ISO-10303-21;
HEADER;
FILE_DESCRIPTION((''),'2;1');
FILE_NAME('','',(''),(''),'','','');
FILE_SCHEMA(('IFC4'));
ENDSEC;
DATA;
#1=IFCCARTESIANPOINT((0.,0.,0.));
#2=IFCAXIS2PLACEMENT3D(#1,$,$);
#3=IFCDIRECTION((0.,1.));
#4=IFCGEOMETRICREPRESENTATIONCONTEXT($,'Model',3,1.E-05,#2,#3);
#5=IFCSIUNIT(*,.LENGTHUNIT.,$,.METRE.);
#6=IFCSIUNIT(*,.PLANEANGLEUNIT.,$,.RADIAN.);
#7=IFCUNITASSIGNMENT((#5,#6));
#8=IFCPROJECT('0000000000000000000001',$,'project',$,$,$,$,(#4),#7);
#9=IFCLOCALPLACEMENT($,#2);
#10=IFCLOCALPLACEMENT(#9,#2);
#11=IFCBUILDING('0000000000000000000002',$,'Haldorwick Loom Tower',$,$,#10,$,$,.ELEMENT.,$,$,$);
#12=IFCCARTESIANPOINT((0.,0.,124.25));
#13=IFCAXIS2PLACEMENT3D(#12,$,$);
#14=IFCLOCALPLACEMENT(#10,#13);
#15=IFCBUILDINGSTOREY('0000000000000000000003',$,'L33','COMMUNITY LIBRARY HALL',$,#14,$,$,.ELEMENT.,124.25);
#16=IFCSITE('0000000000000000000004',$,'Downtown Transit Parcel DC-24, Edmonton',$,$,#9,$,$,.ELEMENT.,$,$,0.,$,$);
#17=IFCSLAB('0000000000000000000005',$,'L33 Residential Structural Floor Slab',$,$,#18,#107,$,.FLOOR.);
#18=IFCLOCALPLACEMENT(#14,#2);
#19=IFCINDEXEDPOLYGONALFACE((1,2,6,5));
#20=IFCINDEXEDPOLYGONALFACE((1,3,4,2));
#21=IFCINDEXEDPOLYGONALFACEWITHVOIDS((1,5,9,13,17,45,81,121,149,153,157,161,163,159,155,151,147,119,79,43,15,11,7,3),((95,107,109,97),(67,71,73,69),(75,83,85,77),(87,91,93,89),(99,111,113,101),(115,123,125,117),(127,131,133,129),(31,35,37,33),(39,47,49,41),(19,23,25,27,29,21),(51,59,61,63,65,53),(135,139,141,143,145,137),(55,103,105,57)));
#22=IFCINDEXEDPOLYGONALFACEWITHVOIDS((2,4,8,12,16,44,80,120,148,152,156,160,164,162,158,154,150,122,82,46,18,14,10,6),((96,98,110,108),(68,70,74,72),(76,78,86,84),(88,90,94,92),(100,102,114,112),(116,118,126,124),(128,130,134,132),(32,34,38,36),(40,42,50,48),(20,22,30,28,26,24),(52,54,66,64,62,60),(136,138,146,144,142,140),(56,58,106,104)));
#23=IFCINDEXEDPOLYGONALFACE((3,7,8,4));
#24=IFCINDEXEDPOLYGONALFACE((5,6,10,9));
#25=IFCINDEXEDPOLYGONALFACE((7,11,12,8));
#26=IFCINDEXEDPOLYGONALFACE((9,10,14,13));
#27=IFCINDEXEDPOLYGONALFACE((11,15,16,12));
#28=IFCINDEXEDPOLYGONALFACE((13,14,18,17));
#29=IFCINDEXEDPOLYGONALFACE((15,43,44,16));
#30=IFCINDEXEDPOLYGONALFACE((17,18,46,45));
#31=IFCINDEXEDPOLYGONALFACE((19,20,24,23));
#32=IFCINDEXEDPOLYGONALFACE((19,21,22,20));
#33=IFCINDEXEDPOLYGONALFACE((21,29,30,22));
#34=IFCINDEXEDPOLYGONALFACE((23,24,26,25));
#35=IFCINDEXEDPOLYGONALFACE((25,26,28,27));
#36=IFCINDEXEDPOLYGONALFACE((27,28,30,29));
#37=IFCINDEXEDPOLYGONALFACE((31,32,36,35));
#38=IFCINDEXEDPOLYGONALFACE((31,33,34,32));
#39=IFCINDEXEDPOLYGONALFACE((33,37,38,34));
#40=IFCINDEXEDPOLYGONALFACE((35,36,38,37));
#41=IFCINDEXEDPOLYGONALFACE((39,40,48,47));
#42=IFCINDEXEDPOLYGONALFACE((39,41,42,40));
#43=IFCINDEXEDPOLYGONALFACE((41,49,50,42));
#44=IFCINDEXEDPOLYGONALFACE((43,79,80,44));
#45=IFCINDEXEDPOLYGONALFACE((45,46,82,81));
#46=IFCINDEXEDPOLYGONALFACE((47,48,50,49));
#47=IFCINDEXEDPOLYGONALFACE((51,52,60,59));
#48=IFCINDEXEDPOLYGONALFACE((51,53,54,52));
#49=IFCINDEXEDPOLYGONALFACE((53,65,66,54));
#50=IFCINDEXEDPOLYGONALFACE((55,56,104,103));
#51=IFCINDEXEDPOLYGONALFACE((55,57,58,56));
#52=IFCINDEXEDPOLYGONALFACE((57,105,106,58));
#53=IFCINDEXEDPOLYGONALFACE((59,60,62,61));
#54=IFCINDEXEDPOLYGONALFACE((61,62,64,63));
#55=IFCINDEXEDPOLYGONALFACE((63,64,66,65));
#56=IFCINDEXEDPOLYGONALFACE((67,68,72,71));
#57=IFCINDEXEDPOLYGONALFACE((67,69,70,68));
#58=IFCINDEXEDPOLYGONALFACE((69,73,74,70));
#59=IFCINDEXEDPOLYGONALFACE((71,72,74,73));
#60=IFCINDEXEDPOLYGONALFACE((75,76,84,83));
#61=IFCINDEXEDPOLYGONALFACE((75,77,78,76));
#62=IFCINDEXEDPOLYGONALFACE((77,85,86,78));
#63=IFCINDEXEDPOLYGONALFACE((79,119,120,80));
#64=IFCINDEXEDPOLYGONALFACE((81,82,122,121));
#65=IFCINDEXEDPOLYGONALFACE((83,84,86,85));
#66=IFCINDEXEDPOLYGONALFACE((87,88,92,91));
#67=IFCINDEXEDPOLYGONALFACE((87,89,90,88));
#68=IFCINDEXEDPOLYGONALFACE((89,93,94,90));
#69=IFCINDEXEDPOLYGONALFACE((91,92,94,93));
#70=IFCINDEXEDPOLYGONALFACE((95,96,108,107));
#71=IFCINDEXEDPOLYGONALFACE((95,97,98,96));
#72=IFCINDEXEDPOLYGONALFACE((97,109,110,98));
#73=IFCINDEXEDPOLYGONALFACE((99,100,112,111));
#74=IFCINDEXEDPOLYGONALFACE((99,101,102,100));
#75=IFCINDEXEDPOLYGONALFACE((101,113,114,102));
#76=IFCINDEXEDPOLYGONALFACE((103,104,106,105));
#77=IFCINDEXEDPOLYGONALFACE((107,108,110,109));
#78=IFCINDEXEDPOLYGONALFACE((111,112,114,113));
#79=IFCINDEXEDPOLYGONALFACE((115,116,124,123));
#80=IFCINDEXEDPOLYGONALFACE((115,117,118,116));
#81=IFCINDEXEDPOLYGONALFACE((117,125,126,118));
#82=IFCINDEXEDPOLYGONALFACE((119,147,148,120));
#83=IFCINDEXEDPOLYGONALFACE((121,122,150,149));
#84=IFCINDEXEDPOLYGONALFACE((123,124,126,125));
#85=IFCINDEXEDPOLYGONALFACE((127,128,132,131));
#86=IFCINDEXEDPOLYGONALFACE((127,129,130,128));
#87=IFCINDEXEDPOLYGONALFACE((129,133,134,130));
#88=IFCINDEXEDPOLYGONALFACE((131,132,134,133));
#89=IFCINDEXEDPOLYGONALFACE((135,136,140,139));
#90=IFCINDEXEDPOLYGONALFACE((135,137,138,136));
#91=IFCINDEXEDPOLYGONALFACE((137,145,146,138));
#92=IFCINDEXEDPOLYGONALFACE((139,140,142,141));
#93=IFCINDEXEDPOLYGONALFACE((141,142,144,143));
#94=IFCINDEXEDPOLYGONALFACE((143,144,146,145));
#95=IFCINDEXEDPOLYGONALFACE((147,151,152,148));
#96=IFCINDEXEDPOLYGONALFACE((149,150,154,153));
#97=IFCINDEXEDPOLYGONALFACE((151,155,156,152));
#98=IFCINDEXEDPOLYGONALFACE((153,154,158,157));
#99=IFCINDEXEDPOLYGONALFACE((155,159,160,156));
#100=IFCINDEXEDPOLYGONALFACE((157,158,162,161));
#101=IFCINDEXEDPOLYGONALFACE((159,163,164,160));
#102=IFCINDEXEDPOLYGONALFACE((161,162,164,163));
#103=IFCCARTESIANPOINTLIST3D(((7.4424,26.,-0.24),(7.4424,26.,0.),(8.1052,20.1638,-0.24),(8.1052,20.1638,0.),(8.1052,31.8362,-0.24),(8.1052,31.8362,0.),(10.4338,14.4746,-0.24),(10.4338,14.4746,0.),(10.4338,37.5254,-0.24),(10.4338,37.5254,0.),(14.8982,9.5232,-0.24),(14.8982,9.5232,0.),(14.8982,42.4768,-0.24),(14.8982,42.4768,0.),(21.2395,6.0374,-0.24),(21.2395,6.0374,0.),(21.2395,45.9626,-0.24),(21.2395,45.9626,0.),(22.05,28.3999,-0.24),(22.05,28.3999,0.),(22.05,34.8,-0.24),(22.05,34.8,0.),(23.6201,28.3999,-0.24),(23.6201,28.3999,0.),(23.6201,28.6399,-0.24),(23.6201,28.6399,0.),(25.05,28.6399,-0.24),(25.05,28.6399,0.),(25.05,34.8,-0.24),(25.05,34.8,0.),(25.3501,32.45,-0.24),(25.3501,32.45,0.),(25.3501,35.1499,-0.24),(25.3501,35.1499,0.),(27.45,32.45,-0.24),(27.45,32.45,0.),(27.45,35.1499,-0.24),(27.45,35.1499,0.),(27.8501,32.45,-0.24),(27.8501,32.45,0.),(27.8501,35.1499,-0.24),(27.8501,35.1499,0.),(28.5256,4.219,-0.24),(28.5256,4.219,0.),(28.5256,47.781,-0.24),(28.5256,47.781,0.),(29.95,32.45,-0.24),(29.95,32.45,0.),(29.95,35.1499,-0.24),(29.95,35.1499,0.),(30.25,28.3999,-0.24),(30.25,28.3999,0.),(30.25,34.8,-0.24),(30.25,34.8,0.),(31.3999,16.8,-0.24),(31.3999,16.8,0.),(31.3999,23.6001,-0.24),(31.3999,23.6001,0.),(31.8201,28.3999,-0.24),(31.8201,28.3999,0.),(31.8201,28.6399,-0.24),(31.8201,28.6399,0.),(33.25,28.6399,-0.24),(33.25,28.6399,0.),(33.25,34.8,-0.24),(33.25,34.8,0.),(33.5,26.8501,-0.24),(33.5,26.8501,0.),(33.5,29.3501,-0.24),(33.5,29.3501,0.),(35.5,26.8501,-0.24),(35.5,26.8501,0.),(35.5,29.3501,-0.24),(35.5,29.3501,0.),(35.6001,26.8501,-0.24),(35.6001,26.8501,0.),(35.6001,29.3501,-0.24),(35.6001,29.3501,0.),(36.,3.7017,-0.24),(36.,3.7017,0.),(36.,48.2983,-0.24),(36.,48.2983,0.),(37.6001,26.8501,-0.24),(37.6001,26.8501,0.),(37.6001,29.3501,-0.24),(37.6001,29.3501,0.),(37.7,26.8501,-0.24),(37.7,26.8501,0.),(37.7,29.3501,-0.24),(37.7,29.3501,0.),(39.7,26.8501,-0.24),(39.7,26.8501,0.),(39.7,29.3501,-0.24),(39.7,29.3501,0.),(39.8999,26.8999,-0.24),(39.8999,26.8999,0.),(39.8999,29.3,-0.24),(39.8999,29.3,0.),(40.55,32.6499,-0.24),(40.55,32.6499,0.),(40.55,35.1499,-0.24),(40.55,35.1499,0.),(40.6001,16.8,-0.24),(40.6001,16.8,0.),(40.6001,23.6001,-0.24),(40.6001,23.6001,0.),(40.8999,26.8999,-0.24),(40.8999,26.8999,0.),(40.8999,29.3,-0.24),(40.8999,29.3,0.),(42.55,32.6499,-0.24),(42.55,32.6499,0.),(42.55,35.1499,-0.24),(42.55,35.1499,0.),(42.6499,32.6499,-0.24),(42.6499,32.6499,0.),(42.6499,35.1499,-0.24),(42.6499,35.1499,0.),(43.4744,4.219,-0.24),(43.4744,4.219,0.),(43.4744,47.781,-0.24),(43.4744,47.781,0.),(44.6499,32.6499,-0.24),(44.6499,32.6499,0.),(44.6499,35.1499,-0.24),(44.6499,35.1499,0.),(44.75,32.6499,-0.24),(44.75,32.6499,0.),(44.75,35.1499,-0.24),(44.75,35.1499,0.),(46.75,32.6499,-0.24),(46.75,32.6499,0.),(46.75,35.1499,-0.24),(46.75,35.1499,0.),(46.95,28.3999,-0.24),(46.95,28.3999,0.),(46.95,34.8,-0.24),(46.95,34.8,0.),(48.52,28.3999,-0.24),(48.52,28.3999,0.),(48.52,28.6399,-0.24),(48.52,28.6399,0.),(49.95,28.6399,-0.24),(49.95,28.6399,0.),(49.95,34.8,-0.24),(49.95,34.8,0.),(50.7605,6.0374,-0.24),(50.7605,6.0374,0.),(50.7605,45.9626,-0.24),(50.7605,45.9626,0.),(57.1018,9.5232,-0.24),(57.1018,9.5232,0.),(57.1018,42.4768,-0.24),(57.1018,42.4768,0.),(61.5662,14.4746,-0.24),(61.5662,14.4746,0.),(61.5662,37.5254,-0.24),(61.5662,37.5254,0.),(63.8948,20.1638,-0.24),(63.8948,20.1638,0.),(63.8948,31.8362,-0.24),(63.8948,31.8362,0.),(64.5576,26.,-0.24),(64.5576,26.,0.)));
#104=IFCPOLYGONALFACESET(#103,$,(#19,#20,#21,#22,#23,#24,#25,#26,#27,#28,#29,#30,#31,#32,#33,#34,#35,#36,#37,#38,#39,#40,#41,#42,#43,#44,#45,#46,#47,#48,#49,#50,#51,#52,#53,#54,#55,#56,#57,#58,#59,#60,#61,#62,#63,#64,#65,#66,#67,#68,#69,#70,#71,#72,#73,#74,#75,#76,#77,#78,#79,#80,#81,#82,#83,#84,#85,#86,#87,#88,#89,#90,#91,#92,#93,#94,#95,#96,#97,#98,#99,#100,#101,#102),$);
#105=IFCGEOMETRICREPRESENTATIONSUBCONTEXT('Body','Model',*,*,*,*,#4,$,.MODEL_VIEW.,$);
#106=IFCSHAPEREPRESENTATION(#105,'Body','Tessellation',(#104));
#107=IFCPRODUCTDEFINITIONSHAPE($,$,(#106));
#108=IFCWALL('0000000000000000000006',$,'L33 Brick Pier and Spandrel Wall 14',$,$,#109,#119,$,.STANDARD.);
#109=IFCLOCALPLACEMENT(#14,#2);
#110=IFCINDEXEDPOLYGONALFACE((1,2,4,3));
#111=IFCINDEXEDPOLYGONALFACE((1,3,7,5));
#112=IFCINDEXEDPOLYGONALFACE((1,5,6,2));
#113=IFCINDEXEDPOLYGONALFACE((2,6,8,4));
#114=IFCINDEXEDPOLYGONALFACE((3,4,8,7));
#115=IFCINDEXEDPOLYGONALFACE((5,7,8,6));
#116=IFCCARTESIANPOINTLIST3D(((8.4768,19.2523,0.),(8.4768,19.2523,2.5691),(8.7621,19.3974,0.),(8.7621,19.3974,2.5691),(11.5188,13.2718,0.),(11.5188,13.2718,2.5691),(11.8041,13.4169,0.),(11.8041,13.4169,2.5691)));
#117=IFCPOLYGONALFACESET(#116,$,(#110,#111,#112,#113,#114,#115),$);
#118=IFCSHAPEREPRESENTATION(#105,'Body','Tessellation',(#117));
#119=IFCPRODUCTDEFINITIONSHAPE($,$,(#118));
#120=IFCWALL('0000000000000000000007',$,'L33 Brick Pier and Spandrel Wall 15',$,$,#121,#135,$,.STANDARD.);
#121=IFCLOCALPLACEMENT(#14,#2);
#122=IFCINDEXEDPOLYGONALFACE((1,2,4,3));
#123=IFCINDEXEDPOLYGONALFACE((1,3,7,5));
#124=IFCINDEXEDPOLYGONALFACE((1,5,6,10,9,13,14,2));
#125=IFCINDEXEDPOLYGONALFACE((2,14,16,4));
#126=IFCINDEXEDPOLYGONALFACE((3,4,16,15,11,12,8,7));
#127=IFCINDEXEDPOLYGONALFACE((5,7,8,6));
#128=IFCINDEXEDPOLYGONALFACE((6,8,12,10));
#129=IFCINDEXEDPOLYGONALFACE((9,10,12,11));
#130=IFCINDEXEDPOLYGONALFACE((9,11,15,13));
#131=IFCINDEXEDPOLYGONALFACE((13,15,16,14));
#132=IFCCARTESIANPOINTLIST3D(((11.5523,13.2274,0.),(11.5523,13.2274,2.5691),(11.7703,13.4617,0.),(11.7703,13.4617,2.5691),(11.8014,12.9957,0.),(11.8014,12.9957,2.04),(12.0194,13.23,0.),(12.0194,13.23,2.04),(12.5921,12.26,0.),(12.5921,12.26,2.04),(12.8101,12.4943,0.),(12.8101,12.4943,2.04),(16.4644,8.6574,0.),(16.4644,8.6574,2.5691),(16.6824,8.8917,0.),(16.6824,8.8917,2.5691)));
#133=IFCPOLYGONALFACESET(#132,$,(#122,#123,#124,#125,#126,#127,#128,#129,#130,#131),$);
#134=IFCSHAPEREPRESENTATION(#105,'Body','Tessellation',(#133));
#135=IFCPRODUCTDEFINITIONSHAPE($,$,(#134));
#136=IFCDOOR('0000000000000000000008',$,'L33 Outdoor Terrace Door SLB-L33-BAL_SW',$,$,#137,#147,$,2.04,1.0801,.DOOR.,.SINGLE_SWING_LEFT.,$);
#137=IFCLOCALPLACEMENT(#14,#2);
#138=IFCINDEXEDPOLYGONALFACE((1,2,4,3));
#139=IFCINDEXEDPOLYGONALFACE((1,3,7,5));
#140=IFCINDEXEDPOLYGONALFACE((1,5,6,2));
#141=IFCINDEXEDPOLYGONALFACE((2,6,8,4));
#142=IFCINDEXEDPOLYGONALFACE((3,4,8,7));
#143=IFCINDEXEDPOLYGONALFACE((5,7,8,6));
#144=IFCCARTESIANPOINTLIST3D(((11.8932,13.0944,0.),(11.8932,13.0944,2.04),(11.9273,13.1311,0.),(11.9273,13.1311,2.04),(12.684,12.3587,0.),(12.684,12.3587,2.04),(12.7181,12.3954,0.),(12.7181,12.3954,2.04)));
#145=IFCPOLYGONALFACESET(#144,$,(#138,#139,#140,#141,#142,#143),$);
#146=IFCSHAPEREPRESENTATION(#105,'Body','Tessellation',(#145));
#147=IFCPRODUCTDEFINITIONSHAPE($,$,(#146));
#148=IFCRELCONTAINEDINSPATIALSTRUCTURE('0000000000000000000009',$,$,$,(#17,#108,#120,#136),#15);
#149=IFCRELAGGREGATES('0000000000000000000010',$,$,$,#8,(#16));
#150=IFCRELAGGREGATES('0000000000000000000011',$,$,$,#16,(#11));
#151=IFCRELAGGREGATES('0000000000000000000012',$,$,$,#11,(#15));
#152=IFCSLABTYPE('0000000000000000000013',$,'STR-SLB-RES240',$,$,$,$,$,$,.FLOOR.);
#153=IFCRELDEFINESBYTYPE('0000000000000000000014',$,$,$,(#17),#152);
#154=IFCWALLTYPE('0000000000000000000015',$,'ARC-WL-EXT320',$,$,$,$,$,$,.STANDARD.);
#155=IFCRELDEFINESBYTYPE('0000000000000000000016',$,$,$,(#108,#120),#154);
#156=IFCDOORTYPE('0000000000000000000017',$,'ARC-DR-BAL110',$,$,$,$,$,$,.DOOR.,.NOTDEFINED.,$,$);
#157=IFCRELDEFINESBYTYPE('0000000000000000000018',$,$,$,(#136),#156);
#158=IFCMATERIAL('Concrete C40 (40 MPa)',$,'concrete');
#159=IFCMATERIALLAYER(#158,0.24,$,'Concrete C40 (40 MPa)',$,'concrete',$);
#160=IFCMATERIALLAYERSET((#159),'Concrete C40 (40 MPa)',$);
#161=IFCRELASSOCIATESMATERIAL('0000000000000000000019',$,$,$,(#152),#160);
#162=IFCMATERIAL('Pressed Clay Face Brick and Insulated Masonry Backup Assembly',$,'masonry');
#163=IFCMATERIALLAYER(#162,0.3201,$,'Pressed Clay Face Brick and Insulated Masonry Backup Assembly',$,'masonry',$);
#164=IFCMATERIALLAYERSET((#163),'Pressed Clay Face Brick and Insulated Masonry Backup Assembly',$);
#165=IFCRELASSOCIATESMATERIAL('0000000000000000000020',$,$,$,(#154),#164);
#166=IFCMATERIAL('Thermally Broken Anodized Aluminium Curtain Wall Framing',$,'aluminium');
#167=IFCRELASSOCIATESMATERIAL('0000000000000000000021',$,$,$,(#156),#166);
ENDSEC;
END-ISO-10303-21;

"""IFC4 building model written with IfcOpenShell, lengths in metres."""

from ifc_helpers import new_model, si_unit, direction, frame, frame_2d, origin, place, context, subcontext, project, spatial, polyline, rectangle, outline, extrude, material, layer, layer_set, type_object, element, fill, save


model = new_model("IFC4")

# Units and contexts
model_context = context("Model", 3, precision=1e-05, world=origin(), true_north=direction((0.0, 1.0)))
body_context = subcontext(model_context, "Body", "Model", "MODEL_VIEW")
ifc_project = project(units=[si_unit("LENGTHUNIT", "METRE"), si_unit("PLANEANGLEUNIT", "RADIAN")], contexts=[model_context])

# Site, building, storey
site_placement = place(None, origin())
site = spatial("IfcSite", under=ifc_project, at=site_placement, Name="Downtown Transit Parcel DC-24, Edmonton", CompositionType="ELEMENT", RefElevation=0.0)
building_placement = place(site_placement, origin())
building = spatial("IfcBuilding", under=site, at=building_placement, Name="Haldorwick Loom Tower", CompositionType="ELEMENT")
storey_placement = place(building_placement, frame((0.0, 0.0, 124.25)))
storey = spatial("IfcBuildingStorey", under=building, at=storey_placement, Name="L33", Description="COMMUNITY LIBRARY HALL", CompositionType="ELEMENT", Elevation=124.25)

# Shared definitions
ifc_material_1 = material(Name="Concrete C40 (40 MPa)", Category="concrete")

# Slab
ifc_layer_1 = layer(ifc_material_1, 0.24, Name="Concrete C40 (40 MPa)", Category="concrete")
ifc_layer_set_1 = layer_set([ifc_layer_1], Name="Concrete C40 (40 MPa)")
slab_type_1 = type_object("IfcSlabType", Name="STR-SLB-RES240", PredefinedType="FLOOR", material=ifc_layer_set_1)
slab_1_placement = place(storey_placement, frame((0.0, 0.0, -0.24)))
element("IfcSlab", 1, at=slab_1_placement, inside=storey, type_object=slab_type_1, Name="L33 Residential Structural Floor Slab", PredefinedType="FLOOR", context=body_context, shape_type="SweptSolid", body=[
    extrude(outline(polyline([(57.1018, 9.5232), (61.5662, 14.4746), (63.8948, 20.1638), (64.5576, 26.0), (63.8948, 31.8362), (61.5662, 37.5254), (57.1018, 42.4768), (50.7605, 45.9626), (43.4744, 47.781), (36.0, 48.2983), (28.5256, 47.781), (21.2395, 45.9626), (14.8982, 42.4768), (10.4338, 37.5254), (8.1052, 31.8362), (7.4424, 26.0), (8.1052, 20.1638), (10.4338, 14.4746), (14.8982, 9.5232), (21.2395, 6.0374), (28.5256, 4.219), (36.0, 3.7017), (43.4744, 4.219), (50.7605, 6.0374), (57.1018, 9.5232)]), holes=[polyline([(31.3999, 16.8), (31.3999, 23.6001), (40.6001, 23.6001), (40.6001, 16.8), (31.3999, 16.8)]), polyline([(33.5, 26.8501), (33.5, 29.3501), (35.5, 29.3501), (35.5, 26.8501), (33.5, 26.8501)]), polyline([(35.6001, 26.8501), (35.6001, 29.3501), (37.6001, 29.3501), (37.6001, 26.8501), (35.6001, 26.8501)]), polyline([(23.6201, 28.3999), (22.05, 28.3999), (22.05, 34.8), (25.05, 34.8), (25.05, 28.6399), (23.6201, 28.6399), (23.6201, 28.3999)]), polyline([(30.25, 28.3999), (30.25, 34.8), (33.25, 34.8), (33.25, 28.6399), (31.8201, 28.6399), (31.8201, 28.3999), (30.25, 28.3999)]), polyline([(25.3501, 32.45), (25.3501, 35.1499), (27.45, 35.1499), (27.45, 32.45), (25.3501, 32.45)]), polyline([(29.95, 32.45), (27.8501, 32.45), (27.8501, 35.1499), (29.95, 35.1499), (29.95, 32.45)]), polyline([(37.7, 26.8501), (37.7, 29.3501), (39.7, 29.3501), (39.7, 26.8501), (37.7, 26.8501)]), polyline([(39.8999, 26.8999), (39.8999, 29.3), (40.8999, 29.3), (40.8999, 26.8999), (39.8999, 26.8999)]), polyline([(46.95, 28.3999), (46.95, 34.8), (49.95, 34.8), (49.95, 28.6399), (48.52, 28.6399), (48.52, 28.3999), (46.95, 28.3999)]), polyline([(40.55, 32.6499), (40.55, 35.1499), (42.55, 35.1499), (42.55, 32.6499), (40.55, 32.6499)]), polyline([(42.6499, 32.6499), (42.6499, 35.1499), (44.6499, 35.1499), (44.6499, 32.6499), (42.6499, 32.6499)]), polyline([(44.75, 32.6499), (44.75, 35.1499), (46.75, 35.1499), (46.75, 32.6499), (44.75, 32.6499)])]), origin(), (0.0, 0.0, 1.0), 0.24),
])

# Wall
ifc_material_2 = material(Name="Pressed Clay Face Brick and Insulated Masonry Backup Assembly", Category="masonry")
ifc_layer_2 = layer(ifc_material_2, 0.3201, Name="Pressed Clay Face Brick and Insulated Masonry Backup Assembly", Category="masonry")
ifc_layer_set_2 = layer_set([ifc_layer_2], Name="Pressed Clay Face Brick and Insulated Masonry Backup Assembly")
wall_type_1 = type_object("IfcWallType", Name="ARC-WL-EXT320", PredefinedType="STANDARD", material=ifc_layer_set_2)
wall_1_placement = place(storey_placement, frame((8.6194, 19.325, 0.0), z_axis=(0.0, 0.0, 1.0), x_axis=(0.453374, -0.89132, 0.0)))
element("IfcWall", 2, at=wall_1_placement, inside=storey, type_object=wall_type_1, Name="L33 Brick Pier and Spandrel Wall 14", PredefinedType="STANDARD", context=body_context, shape_type="SweptSolid", body=[
    extrude(rectangle(XDim=6.7097, YDim=0.3201, at=frame_2d((3.355, 0.0))), origin(), (0.0, 0.0, 1.0), 2.5691),
])

# Wall, opening, door
wall_2_placement = place(storey_placement, frame((11.6614, 13.3445, 0.0), z_axis=(0.0, 0.0, 1.0), x_axis=(0.732137, -0.681157, 0.0)))
wall_2 = element("IfcWall", 3, at=wall_2_placement, inside=storey, type_object=wall_type_1, Name="L33 Brick Pier and Spandrel Wall 15", PredefinedType="STANDARD", context=body_context, shape_type="SweptSolid", body=[
    extrude(rectangle(XDim=6.7092, YDim=0.3201, at=frame_2d((3.3545, 0.0))), origin(), (0.0, 0.0, 1.0), 2.5691),
])
opening_1_placement = place(wall_2_placement, frame((0.3401, 0.0, 0.0)))
opening_1 = element("IfcOpeningElement", 4, at=opening_1_placement, cuts=wall_2, PredefinedType="OPENING", context=body_context, shape_type="SweptSolid", body=[
    extrude(rectangle(XDim=1.0801, YDim=2.04, at=frame_2d((0.54, 1.02))), frame((0.0, 0.1699, 0.0), z_axis=(0.0, -1.0, 0.0), x_axis=(1.0, 0.0, 0.0)), (0.0, 0.0, 1.0), 0.3401),
])
ifc_material_3 = material(Name="Thermally Broken Anodized Aluminium Curtain Wall Framing", Category="aluminium")
door_type = type_object("IfcDoorType", Name="ARC-DR-BAL110", OperationType="NOTDEFINED", PredefinedType="DOOR", material=ifc_material_3)
door_placement = place(opening_1_placement, origin())
door = element("IfcDoor", 5, at=door_placement, inside=storey, type_object=door_type, Name="L33 Outdoor Terrace Door SLB-L33-BAL_SW", OperationType="SINGLE_SWING_LEFT", OverallHeight=2.04, OverallWidth=1.0801, PredefinedType="DOOR", context=body_context, shape_type="SweptSolid", body=[
    extrude(rectangle(XDim=1.0801, YDim=2.04, at=frame_2d((0.54, 1.02))), frame((0.0, 0.0249, 0.0), z_axis=(0.0, -1.0, 0.0), x_axis=(1.0, 0.0, 0.0)), (0.0, 0.0, 1.0), 0.05),
])
fill(opening_1, door)

save(model, "model.ifc")
